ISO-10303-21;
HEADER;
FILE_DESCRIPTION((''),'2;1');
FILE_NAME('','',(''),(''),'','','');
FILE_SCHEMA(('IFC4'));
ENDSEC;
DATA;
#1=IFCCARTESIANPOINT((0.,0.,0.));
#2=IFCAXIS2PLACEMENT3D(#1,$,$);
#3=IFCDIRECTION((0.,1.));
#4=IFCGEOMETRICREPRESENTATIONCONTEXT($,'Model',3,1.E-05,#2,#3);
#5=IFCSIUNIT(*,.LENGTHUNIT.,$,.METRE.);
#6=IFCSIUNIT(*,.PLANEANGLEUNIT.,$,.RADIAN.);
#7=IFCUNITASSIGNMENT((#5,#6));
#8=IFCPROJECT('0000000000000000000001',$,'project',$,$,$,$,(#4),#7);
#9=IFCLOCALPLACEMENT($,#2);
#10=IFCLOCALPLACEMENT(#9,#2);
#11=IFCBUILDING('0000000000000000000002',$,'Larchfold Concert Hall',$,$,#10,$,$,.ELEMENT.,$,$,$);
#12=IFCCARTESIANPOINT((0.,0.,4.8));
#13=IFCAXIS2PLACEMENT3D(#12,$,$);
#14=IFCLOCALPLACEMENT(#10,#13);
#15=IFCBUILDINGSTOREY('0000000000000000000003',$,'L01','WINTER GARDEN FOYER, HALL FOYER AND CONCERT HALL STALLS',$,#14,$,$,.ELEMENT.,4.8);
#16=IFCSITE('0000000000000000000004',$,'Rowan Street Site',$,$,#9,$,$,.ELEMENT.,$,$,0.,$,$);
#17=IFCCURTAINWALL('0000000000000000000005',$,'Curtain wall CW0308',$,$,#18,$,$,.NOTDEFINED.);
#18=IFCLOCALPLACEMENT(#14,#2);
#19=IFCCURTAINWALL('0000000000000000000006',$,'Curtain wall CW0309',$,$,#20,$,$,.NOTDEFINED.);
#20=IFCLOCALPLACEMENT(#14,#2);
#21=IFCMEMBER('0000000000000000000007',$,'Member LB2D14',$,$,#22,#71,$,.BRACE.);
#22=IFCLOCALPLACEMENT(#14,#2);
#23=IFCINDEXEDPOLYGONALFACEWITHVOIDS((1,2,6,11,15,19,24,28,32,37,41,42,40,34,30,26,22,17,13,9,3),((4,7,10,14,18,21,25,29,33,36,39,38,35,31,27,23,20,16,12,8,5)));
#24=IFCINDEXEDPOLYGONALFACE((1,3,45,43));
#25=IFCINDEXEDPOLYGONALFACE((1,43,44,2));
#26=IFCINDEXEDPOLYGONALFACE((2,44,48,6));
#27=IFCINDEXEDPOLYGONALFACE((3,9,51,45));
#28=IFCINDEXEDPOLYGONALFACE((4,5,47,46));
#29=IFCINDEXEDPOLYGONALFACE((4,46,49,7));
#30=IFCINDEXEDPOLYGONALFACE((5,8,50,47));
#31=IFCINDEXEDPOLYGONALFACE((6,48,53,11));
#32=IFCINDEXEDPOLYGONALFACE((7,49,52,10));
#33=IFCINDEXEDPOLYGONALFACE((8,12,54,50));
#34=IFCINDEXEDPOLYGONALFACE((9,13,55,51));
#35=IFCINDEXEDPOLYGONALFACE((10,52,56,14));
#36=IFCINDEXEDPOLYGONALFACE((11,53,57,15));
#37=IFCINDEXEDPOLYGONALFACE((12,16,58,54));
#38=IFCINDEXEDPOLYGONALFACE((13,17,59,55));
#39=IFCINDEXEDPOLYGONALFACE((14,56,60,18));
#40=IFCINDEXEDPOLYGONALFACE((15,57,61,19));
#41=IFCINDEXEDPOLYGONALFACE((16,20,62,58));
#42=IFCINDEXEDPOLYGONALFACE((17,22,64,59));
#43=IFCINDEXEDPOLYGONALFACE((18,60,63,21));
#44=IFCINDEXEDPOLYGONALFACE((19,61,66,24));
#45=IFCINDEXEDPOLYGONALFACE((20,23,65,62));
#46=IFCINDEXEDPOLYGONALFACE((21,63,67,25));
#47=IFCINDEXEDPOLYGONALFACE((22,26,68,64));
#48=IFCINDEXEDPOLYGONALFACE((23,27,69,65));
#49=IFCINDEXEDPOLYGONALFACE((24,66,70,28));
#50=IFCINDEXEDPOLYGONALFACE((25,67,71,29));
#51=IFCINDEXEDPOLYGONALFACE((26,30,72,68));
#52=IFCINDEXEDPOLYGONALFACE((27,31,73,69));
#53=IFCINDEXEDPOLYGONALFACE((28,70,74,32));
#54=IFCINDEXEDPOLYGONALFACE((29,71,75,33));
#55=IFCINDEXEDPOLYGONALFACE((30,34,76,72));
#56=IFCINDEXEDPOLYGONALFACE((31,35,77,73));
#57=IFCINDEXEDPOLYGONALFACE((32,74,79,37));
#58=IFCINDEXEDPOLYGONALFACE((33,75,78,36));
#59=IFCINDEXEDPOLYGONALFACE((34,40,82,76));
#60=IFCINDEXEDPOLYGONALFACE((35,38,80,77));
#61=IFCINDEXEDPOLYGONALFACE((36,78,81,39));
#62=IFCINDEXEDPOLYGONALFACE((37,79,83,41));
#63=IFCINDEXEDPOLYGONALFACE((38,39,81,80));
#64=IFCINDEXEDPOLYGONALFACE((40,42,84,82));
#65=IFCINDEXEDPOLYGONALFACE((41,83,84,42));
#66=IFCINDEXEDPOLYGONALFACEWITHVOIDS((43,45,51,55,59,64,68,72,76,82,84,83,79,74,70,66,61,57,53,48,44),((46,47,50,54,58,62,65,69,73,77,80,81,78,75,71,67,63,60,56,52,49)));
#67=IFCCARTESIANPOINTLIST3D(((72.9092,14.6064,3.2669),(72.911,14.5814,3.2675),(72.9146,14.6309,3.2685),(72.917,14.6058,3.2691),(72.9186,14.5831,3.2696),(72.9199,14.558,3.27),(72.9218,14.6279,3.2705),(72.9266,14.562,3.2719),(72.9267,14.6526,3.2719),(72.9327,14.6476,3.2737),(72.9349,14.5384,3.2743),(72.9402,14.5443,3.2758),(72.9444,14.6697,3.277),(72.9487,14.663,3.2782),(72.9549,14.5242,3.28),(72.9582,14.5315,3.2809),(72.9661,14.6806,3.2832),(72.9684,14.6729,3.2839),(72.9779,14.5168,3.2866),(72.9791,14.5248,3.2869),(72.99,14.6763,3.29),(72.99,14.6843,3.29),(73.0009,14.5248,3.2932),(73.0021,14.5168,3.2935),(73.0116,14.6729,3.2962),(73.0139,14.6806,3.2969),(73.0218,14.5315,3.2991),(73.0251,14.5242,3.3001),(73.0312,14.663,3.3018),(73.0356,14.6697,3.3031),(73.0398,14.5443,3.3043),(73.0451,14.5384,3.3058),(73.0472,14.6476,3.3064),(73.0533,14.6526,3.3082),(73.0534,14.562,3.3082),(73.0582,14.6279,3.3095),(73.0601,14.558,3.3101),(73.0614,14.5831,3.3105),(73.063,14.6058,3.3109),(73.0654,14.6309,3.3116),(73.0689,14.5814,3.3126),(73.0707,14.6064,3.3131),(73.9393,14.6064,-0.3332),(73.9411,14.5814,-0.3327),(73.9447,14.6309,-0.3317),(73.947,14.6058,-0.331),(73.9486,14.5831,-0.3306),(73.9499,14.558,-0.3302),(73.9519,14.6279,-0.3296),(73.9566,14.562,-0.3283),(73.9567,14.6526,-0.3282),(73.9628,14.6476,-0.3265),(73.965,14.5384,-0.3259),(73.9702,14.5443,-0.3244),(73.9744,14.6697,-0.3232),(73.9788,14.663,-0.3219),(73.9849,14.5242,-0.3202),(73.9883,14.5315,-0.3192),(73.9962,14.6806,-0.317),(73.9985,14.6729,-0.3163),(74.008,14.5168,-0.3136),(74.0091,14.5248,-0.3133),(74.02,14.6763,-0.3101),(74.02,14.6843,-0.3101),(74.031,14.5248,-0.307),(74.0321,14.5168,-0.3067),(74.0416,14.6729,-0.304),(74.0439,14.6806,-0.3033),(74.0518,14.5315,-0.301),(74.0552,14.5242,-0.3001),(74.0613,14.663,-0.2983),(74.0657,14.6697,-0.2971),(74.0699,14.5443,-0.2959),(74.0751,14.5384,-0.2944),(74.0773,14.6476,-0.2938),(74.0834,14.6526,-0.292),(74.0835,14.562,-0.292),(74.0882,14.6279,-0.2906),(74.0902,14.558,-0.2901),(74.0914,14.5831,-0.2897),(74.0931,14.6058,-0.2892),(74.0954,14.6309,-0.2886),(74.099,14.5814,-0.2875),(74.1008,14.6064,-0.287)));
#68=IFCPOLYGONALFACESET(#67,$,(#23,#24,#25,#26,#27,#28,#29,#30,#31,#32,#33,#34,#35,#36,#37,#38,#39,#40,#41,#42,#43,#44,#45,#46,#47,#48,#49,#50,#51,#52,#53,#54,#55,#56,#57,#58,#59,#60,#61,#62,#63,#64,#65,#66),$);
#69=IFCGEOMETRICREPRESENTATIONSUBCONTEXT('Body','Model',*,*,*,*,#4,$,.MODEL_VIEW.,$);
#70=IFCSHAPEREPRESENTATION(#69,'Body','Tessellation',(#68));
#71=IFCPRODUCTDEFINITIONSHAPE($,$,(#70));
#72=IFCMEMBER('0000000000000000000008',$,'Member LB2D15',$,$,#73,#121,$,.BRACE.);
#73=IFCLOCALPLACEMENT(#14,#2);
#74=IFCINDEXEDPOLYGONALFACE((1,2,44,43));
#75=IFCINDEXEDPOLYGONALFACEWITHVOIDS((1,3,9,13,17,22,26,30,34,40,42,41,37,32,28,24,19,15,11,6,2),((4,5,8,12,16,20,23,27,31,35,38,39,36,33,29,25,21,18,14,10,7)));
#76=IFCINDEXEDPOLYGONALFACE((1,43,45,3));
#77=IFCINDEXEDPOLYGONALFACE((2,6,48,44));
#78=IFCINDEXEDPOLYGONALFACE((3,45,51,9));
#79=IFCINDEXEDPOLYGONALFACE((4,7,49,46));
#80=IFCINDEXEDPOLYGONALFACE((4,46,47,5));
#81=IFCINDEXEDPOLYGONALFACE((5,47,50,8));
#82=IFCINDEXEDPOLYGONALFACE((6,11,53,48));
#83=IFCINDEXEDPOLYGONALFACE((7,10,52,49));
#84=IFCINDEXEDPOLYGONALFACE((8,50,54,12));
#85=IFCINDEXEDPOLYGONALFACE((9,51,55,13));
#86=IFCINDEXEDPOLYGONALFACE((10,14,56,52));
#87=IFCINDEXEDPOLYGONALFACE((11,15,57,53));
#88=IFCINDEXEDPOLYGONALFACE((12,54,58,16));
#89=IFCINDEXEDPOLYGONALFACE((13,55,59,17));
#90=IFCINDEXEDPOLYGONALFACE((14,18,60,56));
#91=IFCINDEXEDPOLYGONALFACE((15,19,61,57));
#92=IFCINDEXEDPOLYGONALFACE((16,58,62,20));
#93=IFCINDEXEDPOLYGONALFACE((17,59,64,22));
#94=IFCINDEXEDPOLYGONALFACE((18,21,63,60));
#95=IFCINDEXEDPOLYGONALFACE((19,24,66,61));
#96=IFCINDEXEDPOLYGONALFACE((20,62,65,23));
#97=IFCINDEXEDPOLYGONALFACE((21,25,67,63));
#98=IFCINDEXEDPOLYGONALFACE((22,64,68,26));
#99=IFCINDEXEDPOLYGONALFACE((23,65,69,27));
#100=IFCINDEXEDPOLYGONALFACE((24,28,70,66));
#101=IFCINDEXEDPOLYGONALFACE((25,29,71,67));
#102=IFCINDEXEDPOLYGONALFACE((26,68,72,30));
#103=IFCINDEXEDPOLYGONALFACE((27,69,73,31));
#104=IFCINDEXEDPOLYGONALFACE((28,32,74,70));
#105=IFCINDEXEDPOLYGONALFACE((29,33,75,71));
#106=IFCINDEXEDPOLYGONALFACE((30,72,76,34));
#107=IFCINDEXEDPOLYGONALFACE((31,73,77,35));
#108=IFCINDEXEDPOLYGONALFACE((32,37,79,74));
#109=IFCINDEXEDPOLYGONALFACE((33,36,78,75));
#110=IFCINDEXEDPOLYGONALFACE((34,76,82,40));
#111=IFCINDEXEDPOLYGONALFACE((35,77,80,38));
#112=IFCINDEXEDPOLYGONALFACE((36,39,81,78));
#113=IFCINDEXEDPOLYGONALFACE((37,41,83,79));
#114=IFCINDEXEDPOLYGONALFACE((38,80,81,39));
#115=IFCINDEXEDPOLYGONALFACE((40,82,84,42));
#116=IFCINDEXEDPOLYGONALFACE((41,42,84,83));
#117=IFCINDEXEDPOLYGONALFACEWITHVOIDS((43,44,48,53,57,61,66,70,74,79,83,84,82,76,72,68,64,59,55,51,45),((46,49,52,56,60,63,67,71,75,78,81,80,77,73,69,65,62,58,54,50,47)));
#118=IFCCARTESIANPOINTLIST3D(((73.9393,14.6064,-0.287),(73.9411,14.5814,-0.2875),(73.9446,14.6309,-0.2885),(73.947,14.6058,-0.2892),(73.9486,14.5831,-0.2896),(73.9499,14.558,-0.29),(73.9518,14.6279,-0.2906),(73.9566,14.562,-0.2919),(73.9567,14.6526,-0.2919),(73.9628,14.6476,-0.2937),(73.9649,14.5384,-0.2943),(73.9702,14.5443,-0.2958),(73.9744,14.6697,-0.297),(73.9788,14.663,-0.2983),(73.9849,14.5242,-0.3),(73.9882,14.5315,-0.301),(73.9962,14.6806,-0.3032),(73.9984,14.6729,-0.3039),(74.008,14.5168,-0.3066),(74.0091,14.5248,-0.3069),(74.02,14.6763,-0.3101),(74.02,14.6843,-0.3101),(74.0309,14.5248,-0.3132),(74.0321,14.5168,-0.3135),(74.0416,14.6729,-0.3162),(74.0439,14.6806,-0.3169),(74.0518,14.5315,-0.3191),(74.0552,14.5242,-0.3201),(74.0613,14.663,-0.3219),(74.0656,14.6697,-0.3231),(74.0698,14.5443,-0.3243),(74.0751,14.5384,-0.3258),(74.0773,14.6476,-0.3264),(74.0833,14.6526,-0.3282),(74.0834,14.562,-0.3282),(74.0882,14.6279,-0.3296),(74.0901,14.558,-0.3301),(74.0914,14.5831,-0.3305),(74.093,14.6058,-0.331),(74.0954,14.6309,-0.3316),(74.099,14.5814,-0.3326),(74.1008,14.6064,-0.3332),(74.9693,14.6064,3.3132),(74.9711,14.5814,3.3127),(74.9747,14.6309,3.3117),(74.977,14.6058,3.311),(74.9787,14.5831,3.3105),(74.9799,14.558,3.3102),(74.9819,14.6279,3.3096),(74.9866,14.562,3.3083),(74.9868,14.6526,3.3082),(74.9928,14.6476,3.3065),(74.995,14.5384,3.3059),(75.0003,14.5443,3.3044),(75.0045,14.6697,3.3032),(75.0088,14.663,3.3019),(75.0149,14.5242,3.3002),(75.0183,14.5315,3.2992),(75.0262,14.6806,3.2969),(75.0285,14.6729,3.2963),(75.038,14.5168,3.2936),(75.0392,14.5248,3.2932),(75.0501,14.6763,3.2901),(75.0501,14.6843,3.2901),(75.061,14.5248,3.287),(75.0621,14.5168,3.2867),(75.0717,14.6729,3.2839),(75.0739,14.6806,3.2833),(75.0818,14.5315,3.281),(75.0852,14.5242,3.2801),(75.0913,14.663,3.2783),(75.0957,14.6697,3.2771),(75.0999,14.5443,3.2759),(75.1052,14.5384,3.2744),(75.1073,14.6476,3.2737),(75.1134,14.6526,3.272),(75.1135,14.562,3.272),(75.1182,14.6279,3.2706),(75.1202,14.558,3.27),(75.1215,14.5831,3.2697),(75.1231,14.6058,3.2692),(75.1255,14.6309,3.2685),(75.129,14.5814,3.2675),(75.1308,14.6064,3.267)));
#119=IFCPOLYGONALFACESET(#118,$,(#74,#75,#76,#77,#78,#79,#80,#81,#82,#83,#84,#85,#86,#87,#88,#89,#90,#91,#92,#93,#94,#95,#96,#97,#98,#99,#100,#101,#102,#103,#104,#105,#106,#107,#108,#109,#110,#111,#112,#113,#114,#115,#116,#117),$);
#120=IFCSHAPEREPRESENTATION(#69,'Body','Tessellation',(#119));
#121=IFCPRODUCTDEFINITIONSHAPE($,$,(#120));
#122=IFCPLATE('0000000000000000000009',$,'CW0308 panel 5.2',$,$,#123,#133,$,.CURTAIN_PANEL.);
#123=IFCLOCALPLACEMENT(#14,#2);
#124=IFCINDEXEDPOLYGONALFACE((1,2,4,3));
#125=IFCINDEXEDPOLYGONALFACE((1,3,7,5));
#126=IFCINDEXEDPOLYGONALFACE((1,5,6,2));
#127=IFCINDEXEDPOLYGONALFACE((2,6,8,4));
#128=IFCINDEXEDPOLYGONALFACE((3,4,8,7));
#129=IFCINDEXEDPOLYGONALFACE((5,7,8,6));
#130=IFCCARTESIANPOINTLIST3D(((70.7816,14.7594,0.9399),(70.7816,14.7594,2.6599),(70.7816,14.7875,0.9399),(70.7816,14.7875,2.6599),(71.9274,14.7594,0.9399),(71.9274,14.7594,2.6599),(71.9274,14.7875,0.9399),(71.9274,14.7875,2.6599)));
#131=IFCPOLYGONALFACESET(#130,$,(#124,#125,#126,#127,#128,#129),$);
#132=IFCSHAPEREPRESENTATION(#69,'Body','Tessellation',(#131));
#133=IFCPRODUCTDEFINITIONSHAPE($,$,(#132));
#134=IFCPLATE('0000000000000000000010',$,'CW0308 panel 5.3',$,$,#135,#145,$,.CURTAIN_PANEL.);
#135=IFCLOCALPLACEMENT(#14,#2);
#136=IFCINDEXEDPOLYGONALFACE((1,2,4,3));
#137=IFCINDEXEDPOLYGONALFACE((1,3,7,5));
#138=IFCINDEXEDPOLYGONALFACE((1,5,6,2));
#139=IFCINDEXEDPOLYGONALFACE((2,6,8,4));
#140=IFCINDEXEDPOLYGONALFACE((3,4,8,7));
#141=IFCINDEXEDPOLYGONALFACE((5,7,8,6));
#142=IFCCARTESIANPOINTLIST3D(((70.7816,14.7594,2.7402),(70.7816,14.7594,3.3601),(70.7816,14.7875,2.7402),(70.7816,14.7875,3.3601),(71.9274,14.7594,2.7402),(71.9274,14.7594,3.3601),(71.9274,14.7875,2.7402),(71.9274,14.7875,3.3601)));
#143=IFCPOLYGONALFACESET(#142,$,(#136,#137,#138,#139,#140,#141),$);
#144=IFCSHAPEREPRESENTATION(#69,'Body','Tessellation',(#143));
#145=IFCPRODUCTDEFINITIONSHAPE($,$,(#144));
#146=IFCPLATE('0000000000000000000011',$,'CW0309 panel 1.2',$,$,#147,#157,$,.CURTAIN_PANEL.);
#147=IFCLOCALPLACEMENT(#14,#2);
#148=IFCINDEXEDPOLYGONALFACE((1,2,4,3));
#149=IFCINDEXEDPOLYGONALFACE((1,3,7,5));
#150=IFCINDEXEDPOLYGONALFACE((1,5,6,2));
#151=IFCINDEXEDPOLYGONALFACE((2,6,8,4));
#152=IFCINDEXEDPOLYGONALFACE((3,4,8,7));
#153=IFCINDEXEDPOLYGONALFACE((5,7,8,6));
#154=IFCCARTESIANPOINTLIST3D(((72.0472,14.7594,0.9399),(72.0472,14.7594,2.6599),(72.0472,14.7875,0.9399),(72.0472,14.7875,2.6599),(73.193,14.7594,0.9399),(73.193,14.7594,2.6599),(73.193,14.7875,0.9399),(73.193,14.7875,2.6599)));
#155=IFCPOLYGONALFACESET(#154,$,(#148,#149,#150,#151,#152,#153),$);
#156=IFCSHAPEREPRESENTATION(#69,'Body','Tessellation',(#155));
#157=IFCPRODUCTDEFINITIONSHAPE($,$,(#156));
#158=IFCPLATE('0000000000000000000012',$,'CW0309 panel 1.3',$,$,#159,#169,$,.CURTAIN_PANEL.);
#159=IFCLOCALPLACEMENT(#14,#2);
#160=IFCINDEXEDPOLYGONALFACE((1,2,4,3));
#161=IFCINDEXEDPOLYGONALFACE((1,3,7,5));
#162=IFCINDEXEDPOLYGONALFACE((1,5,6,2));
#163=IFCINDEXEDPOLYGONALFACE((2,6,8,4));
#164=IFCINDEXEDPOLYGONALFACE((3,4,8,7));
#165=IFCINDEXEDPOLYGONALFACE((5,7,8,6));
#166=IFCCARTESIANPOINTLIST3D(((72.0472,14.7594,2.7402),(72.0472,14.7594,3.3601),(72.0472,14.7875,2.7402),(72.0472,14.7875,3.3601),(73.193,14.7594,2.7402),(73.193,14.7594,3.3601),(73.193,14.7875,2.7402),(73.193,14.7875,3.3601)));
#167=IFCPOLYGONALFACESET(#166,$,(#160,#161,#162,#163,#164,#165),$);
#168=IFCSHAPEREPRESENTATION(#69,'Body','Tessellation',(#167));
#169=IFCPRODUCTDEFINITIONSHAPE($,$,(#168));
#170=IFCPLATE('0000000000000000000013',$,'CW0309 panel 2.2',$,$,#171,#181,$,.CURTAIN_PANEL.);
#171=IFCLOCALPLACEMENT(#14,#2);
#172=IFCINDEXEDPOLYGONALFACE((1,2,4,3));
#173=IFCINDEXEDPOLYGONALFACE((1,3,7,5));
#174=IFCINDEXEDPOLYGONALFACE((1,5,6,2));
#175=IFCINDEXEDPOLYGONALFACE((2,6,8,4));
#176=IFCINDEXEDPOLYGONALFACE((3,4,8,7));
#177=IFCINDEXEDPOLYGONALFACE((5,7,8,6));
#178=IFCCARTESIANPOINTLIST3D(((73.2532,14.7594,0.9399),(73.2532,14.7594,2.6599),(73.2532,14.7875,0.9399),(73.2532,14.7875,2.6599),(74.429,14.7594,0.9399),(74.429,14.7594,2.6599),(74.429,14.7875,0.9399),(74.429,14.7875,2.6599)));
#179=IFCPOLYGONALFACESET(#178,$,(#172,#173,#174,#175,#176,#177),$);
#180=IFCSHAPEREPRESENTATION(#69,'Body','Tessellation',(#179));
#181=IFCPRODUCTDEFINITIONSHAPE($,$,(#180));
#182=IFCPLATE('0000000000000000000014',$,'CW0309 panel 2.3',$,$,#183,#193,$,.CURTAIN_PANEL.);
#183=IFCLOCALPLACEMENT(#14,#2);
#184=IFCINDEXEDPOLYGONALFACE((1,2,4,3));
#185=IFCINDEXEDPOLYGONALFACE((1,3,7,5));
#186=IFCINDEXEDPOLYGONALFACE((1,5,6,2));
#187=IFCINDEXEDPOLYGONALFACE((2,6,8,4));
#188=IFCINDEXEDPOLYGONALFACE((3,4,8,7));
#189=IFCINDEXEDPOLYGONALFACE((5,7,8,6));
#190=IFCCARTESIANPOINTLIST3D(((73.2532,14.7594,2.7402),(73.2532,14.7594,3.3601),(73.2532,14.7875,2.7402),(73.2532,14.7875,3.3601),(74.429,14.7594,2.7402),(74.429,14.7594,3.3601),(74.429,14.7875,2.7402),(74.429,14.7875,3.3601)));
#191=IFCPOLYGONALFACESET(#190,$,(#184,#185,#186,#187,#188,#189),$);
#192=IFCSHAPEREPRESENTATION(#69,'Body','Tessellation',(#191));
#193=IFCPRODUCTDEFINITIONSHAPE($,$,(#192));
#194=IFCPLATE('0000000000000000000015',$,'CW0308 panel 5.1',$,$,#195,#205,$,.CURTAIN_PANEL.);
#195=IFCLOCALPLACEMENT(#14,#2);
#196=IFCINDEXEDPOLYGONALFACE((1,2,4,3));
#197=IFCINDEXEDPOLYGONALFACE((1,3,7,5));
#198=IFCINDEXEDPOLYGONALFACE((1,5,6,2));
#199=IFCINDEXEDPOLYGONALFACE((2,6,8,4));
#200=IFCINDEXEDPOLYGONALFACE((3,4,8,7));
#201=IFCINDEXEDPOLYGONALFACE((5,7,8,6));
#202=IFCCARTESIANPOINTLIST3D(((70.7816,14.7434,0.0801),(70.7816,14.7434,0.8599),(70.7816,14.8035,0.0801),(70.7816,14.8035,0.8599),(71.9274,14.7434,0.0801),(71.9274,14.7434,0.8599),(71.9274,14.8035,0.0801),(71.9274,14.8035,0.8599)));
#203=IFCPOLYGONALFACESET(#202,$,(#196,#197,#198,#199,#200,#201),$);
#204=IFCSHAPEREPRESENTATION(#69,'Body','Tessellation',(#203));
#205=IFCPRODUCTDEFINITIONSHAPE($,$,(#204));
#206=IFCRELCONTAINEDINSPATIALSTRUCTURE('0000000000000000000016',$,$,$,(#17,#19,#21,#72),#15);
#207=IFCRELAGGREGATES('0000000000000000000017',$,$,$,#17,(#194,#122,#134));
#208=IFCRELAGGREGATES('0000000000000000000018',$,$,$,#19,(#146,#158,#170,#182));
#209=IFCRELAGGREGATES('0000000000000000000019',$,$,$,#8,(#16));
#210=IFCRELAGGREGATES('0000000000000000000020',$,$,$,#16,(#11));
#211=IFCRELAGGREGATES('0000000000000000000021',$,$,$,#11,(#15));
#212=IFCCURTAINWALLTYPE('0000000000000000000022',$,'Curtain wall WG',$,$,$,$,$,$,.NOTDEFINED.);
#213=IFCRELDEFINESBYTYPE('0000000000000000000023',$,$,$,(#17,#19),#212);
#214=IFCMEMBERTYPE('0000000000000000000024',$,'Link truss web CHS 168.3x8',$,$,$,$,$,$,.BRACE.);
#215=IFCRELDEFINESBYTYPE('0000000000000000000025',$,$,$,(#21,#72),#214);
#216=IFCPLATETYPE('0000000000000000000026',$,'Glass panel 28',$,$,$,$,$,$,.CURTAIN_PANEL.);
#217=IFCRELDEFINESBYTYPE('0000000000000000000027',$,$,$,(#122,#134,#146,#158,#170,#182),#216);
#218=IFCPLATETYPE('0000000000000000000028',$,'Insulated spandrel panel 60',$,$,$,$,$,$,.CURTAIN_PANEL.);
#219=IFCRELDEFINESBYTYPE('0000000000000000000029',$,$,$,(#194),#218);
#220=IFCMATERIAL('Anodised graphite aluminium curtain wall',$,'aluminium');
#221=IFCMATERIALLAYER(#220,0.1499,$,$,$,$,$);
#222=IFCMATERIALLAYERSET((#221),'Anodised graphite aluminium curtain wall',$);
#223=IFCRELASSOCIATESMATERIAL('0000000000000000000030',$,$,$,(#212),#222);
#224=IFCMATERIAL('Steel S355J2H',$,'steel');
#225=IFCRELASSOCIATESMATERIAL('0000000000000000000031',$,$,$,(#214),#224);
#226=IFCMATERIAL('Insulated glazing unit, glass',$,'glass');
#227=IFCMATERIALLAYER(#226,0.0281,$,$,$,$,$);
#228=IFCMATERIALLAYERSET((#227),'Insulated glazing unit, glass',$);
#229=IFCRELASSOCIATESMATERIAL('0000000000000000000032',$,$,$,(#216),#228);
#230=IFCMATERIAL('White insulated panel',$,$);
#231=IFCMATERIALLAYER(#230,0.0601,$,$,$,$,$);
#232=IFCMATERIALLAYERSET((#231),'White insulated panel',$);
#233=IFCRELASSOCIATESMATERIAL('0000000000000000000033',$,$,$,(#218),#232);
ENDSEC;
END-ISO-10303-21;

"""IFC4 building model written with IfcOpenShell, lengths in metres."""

from ifc_helpers import new_model, si_unit, direction, frame, origin, origin_2d, place, context, subcontext, project, spatial, rectangle, hollow_circle, extrude, material, layer, layer_set, material_profile, profile_set, type_object, element, aggregate, save


model = new_model("IFC4")

# Units and contexts
model_context = context("Model", 3, precision=1e-05, world=origin(), true_north=direction((0.0, 1.0)))
body_context = subcontext(model_context, "Body", "Model", "MODEL_VIEW")
ifc_project = project(units=[si_unit("LENGTHUNIT", "METRE"), si_unit("PLANEANGLEUNIT", "RADIAN")], contexts=[model_context])

# Site, building, storey
site_placement = place(None, origin())
site = spatial("IfcSite", under=ifc_project, at=site_placement, Name="Rowan Street Site", CompositionType="ELEMENT", RefElevation=0.0)
building_placement = place(site_placement, origin())
building = spatial("IfcBuilding", under=site, at=building_placement, Name="Larchfold Concert Hall", CompositionType="ELEMENT")
storey_placement = place(building_placement, frame((0.0, 0.0, 4.8)))
storey = spatial("IfcBuildingStorey", under=building, at=storey_placement, Name="L01", Description="WINTER GARDEN FOYER, HALL FOYER AND CONCERT HALL STALLS", CompositionType="ELEMENT", Elevation=4.8)

# Curtain wall
ifc_material_1 = material(Name="Anodised graphite aluminium curtain wall", Category="aluminium")
ifc_layer_1 = layer(ifc_material_1, 0.1499)
ifc_layer_set_1 = layer_set([ifc_layer_1], Name="Anodised graphite aluminium curtain wall")
curtain_wall_type = type_object("IfcCurtainWallType", Name="Curtain wall WG", PredefinedType="NOTDEFINED", material=ifc_layer_set_1)
curtain_wall_1_placement = place(storey_placement, origin())
curtain_wall_1 = element("IfcCurtainWall", 1, at=curtain_wall_1_placement, inside=storey, type_object=curtain_wall_type, Name="Curtain wall CW0308", PredefinedType="NOTDEFINED")

# Curtain wall
curtain_wall_2_placement = place(storey_placement, origin())
curtain_wall_2 = element("IfcCurtainWall", 2, at=curtain_wall_2_placement, inside=storey, type_object=curtain_wall_type, Name="Curtain wall CW0309", PredefinedType="NOTDEFINED")

# Members
ifc_material_2 = material(Name="Steel S355J2H", Category="steel")
ifc_material_profile_1 = material_profile(ifc_material_2, hollow_circle(Radius=0.0842, WallThickness=0.0081, at=origin_2d()))
ifc_profile_set_1 = profile_set([ifc_material_profile_1], Name="Steel S355J2H")
member_type_1 = type_object("IfcMemberType", Name="Link truss web CHS 168.3x8", PredefinedType="BRACE", material=ifc_profile_set_1)
for number, where, z_axis, x_axis, name in (
    (3, (72.99, 14.6001, 3.29), (0.275074, 0.0, -0.961423), (0.0, 1.0, 0.0), "Member LB2D14"),
    (4, (74.02, 14.6001, -0.3101), (0.275074, 0.0, 0.961423), (0.0, 1.0, 0.0), "Member LB2D15"),
):
    element("IfcMember", number, at=place(storey_placement, frame(where, z_axis=z_axis, x_axis=x_axis)), inside=storey, type_object=member_type_1, Name=name, PredefinedType="BRACE", context=body_context, shape_type="SweptSolid", body=[
        extrude(hollow_circle(Radius=0.0842, WallThickness=0.0081, at=origin_2d()), origin(), (0.0, 0.0, 1.0), 3.7446),
    ])

# Plates
ifc_material_3 = material(Name="Insulated glazing unit, glass", Category="glass")
ifc_layer_2 = layer(ifc_material_3, 0.0281)
ifc_layer_set_2 = layer_set([ifc_layer_2], Name="Insulated glazing unit, glass")
plate_type_1 = type_object("IfcPlateType", Name="Glass panel 28", PredefinedType="CURTAIN_PANEL", material=ifc_layer_set_2)
plate_1_placement = place(storey_placement, frame((71.3545, 14.7734, 0.9399), z_axis=(0.0, 0.0, 1.0), x_axis=(1.0, 0.0, 0.0)))
plate_1 = element("IfcPlate", 5, at=plate_1_placement, type_object=plate_type_1, Name="CW0308 panel 5.2", PredefinedType="CURTAIN_PANEL", context=body_context, shape_type="SweptSolid", body=[
    extrude(rectangle(XDim=1.1458, YDim=0.0281, at=origin_2d()), origin(), (0.0, 0.0, 1.0), 1.72),
])
plate_2_placement = place(storey_placement, frame((71.3545, 14.7734, 2.7402), z_axis=(0.0, 0.0, 1.0), x_axis=(1.0, 0.0, 0.0)))
plate_2 = element("IfcPlate", 6, at=plate_2_placement, type_object=plate_type_1, Name="CW0308 panel 5.3", PredefinedType="CURTAIN_PANEL", context=body_context, shape_type="SweptSolid", body=[
    extrude(rectangle(XDim=1.1458, YDim=0.0281, at=origin_2d()), origin(), (0.0, 0.0, 1.0), 0.6199),
])
plate_3_placement = place(storey_placement, frame((72.6201, 14.7734, 0.9399), z_axis=(0.0, 0.0, 1.0), x_axis=(1.0, 0.0, 0.0)))
plate_3 = element("IfcPlate", 7, at=plate_3_placement, type_object=plate_type_1, Name="CW0309 panel 1.2", PredefinedType="CURTAIN_PANEL", context=body_context, shape_type="SweptSolid", body=[
    extrude(rectangle(XDim=1.1458, YDim=0.0281, at=origin_2d()), origin(), (0.0, 0.0, 1.0), 1.72),
])
plate_4_placement = place(storey_placement, frame((72.6201, 14.7734, 2.7402), z_axis=(0.0, 0.0, 1.0), x_axis=(1.0, 0.0, 0.0)))
plate_4 = element("IfcPlate", 8, at=plate_4_placement, type_object=plate_type_1, Name="CW0309 panel 1.3", PredefinedType="CURTAIN_PANEL", context=body_context, shape_type="SweptSolid", body=[
    extrude(rectangle(XDim=1.1458, YDim=0.0281, at=origin_2d()), origin(), (0.0, 0.0, 1.0), 0.6199),
])
plate_5_placement = place(storey_placement, frame((73.8411, 14.7734, 0.9399), z_axis=(0.0, 0.0, 1.0), x_axis=(1.0, 0.0, 0.0)))
plate_5 = element("IfcPlate", 9, at=plate_5_placement, type_object=plate_type_1, Name="CW0309 panel 2.2", PredefinedType="CURTAIN_PANEL", context=body_context, shape_type="SweptSolid", body=[
    extrude(rectangle(XDim=1.1758, YDim=0.0281, at=origin_2d()), origin(), (0.0, 0.0, 1.0), 1.72),
])
plate_6_placement = place(storey_placement, frame((73.8411, 14.7734, 2.7402), z_axis=(0.0, 0.0, 1.0), x_axis=(1.0, 0.0, 0.0)))
plate_6 = element("IfcPlate", 10, at=plate_6_placement, type_object=plate_type_1, Name="CW0309 panel 2.3", PredefinedType="CURTAIN_PANEL", context=body_context, shape_type="SweptSolid", body=[
    extrude(rectangle(XDim=1.1758, YDim=0.0281, at=origin_2d()), origin(), (0.0, 0.0, 1.0), 0.6199),
])
ifc_material_4 = material(Name="White insulated panel")
ifc_layer_3 = layer(ifc_material_4, 0.0601)
ifc_layer_set_3 = layer_set([ifc_layer_3], Name="White insulated panel")
plate_type_2 = type_object("IfcPlateType", Name="Insulated spandrel panel 60", PredefinedType="CURTAIN_PANEL", material=ifc_layer_set_3)
plate_7_placement = place(storey_placement, frame((71.3545, 14.7734, 0.0801), z_axis=(0.0, 0.0, 1.0), x_axis=(1.0, 0.0, 0.0)))
plate_7 = element("IfcPlate", 11, at=plate_7_placement, type_object=plate_type_2, Name="CW0308 panel 5.1", PredefinedType="CURTAIN_PANEL", context=body_context, shape_type="SweptSolid", body=[
    extrude(rectangle(XDim=1.1458, YDim=0.0601, at=origin_2d()), origin(), (0.0, 0.0, 1.0), 0.7798),
])
aggregate(curtain_wall_1, [plate_7, plate_1, plate_2])
aggregate(curtain_wall_2, [plate_3, plate_4, plate_5, plate_6])

save(model, "model.ifc")
